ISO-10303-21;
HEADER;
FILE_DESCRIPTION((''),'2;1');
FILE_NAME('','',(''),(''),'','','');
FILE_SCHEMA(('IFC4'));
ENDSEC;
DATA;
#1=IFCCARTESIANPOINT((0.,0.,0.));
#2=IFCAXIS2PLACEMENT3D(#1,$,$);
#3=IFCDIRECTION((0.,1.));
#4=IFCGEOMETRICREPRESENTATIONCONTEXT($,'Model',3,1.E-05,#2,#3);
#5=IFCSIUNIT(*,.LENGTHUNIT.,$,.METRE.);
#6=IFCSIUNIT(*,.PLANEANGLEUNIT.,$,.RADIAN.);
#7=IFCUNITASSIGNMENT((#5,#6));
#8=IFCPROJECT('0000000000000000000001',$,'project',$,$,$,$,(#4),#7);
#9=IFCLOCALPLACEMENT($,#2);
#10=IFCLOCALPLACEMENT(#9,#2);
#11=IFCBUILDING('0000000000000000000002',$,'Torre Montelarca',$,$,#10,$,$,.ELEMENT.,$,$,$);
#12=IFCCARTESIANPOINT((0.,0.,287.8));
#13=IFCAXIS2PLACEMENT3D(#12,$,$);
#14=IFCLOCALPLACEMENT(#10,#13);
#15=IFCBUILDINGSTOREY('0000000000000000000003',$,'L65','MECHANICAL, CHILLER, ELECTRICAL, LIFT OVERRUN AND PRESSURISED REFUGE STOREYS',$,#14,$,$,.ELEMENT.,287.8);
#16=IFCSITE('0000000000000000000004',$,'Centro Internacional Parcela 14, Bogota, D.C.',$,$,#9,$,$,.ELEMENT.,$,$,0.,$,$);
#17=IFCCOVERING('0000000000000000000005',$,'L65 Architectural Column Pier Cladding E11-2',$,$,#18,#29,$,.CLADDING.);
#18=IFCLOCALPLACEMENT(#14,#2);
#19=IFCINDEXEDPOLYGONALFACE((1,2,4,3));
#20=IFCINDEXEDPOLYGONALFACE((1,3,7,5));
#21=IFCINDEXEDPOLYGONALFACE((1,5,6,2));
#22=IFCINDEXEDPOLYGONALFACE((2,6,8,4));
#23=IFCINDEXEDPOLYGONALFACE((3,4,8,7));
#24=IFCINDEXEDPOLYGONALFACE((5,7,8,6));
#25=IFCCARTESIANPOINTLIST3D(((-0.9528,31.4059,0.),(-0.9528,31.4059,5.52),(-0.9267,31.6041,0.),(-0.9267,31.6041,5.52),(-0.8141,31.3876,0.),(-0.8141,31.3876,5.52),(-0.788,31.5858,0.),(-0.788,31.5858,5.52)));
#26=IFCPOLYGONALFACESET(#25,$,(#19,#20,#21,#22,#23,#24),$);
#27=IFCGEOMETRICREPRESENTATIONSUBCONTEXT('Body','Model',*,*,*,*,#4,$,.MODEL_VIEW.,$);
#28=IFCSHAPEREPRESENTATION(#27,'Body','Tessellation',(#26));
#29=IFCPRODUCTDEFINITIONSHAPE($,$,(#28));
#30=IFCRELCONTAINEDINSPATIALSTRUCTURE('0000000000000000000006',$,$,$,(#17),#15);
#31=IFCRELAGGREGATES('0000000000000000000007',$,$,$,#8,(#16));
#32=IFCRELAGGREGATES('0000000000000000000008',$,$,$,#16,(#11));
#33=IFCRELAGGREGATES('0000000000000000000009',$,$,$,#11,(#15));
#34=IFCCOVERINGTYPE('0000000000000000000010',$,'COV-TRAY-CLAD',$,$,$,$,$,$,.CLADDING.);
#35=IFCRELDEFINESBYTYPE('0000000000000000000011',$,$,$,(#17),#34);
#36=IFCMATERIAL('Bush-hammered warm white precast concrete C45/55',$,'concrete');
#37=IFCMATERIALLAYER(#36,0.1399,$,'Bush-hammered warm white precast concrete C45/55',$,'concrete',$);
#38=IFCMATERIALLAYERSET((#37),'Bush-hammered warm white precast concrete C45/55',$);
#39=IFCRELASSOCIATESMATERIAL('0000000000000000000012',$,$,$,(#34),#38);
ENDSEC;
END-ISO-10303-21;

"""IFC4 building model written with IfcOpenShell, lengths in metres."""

from ifc_helpers import new_model, si_unit, direction, frame, origin, origin_2d, place, context, subcontext, project, spatial, rectangle, extrude, source, transform, mapped, material, layer, layer_set, type_object, element, save


model = new_model("IFC4")

# Units and contexts
model_context = context("Model", 3, precision=1e-05, world=origin(), true_north=direction((0.0, 1.0)))
body_context = subcontext(model_context, "Body", "Model", "MODEL_VIEW")
ifc_project = project(units=[si_unit("LENGTHUNIT", "METRE"), si_unit("PLANEANGLEUNIT", "RADIAN")], contexts=[model_context])

# Site, building, storey
site_placement = place(None, origin())
site = spatial("IfcSite", under=ifc_project, at=site_placement, Name="Centro Internacional Parcela 14, Bogota, D.C.", CompositionType="ELEMENT", RefElevation=0.0)
building_placement = place(site_placement, origin())
building = spatial("IfcBuilding", under=site, at=building_placement, Name="Torre Montelarca", CompositionType="ELEMENT")
storey_placement = place(building_placement, frame((0.0, 0.0, 287.8)))
storey = spatial("IfcBuildingStorey", under=building, at=storey_placement, Name="L65", Description="MECHANICAL, CHILLER, ELECTRICAL, LIFT OVERRUN AND PRESSURISED REFUGE STOREYS", CompositionType="ELEMENT", Elevation=287.8)

# Covering
ifc_material_1 = material(Name="Bush-hammered warm white precast concrete C45/55", Category="concrete")
ifc_layer_1 = layer(ifc_material_1, 0.1399, Name="Bush-hammered warm white precast concrete C45/55", Category="concrete")
ifc_layer_set_1 = layer_set([ifc_layer_1], Name="Bush-hammered warm white precast concrete C45/55")
covering_type = type_object("IfcCoveringType", Name="COV-TRAY-CLAD", PredefinedType="CLADDING", material=ifc_layer_set_1)
shared_shape_1 = source(origin(), body_context, "Body", "SweptSolid", [
    extrude(rectangle(XDim=0.2, YDim=0.1399, at=origin_2d()), origin(), (0.0, 0.0, 1.0), 5.52),
])
covering_1_placement = place(storey_placement, frame((-0.8704, 31.4958, 0.0), z_axis=(0.0, 0.0, 1.0), x_axis=(-0.130531, -0.991444, 0.0)))
element("IfcCovering", 1, at=covering_1_placement, inside=storey, type_object=covering_type, Name="L65 Architectural Column Pier Cladding E11-2", PredefinedType="CLADDING", context=body_context, shape_type="MappedRepresentation", body=[
    mapped(shared_shape_1, transform((0.0, 0.0, 0.0), scale=1.0)),
])

save(model, "model.ifc")
